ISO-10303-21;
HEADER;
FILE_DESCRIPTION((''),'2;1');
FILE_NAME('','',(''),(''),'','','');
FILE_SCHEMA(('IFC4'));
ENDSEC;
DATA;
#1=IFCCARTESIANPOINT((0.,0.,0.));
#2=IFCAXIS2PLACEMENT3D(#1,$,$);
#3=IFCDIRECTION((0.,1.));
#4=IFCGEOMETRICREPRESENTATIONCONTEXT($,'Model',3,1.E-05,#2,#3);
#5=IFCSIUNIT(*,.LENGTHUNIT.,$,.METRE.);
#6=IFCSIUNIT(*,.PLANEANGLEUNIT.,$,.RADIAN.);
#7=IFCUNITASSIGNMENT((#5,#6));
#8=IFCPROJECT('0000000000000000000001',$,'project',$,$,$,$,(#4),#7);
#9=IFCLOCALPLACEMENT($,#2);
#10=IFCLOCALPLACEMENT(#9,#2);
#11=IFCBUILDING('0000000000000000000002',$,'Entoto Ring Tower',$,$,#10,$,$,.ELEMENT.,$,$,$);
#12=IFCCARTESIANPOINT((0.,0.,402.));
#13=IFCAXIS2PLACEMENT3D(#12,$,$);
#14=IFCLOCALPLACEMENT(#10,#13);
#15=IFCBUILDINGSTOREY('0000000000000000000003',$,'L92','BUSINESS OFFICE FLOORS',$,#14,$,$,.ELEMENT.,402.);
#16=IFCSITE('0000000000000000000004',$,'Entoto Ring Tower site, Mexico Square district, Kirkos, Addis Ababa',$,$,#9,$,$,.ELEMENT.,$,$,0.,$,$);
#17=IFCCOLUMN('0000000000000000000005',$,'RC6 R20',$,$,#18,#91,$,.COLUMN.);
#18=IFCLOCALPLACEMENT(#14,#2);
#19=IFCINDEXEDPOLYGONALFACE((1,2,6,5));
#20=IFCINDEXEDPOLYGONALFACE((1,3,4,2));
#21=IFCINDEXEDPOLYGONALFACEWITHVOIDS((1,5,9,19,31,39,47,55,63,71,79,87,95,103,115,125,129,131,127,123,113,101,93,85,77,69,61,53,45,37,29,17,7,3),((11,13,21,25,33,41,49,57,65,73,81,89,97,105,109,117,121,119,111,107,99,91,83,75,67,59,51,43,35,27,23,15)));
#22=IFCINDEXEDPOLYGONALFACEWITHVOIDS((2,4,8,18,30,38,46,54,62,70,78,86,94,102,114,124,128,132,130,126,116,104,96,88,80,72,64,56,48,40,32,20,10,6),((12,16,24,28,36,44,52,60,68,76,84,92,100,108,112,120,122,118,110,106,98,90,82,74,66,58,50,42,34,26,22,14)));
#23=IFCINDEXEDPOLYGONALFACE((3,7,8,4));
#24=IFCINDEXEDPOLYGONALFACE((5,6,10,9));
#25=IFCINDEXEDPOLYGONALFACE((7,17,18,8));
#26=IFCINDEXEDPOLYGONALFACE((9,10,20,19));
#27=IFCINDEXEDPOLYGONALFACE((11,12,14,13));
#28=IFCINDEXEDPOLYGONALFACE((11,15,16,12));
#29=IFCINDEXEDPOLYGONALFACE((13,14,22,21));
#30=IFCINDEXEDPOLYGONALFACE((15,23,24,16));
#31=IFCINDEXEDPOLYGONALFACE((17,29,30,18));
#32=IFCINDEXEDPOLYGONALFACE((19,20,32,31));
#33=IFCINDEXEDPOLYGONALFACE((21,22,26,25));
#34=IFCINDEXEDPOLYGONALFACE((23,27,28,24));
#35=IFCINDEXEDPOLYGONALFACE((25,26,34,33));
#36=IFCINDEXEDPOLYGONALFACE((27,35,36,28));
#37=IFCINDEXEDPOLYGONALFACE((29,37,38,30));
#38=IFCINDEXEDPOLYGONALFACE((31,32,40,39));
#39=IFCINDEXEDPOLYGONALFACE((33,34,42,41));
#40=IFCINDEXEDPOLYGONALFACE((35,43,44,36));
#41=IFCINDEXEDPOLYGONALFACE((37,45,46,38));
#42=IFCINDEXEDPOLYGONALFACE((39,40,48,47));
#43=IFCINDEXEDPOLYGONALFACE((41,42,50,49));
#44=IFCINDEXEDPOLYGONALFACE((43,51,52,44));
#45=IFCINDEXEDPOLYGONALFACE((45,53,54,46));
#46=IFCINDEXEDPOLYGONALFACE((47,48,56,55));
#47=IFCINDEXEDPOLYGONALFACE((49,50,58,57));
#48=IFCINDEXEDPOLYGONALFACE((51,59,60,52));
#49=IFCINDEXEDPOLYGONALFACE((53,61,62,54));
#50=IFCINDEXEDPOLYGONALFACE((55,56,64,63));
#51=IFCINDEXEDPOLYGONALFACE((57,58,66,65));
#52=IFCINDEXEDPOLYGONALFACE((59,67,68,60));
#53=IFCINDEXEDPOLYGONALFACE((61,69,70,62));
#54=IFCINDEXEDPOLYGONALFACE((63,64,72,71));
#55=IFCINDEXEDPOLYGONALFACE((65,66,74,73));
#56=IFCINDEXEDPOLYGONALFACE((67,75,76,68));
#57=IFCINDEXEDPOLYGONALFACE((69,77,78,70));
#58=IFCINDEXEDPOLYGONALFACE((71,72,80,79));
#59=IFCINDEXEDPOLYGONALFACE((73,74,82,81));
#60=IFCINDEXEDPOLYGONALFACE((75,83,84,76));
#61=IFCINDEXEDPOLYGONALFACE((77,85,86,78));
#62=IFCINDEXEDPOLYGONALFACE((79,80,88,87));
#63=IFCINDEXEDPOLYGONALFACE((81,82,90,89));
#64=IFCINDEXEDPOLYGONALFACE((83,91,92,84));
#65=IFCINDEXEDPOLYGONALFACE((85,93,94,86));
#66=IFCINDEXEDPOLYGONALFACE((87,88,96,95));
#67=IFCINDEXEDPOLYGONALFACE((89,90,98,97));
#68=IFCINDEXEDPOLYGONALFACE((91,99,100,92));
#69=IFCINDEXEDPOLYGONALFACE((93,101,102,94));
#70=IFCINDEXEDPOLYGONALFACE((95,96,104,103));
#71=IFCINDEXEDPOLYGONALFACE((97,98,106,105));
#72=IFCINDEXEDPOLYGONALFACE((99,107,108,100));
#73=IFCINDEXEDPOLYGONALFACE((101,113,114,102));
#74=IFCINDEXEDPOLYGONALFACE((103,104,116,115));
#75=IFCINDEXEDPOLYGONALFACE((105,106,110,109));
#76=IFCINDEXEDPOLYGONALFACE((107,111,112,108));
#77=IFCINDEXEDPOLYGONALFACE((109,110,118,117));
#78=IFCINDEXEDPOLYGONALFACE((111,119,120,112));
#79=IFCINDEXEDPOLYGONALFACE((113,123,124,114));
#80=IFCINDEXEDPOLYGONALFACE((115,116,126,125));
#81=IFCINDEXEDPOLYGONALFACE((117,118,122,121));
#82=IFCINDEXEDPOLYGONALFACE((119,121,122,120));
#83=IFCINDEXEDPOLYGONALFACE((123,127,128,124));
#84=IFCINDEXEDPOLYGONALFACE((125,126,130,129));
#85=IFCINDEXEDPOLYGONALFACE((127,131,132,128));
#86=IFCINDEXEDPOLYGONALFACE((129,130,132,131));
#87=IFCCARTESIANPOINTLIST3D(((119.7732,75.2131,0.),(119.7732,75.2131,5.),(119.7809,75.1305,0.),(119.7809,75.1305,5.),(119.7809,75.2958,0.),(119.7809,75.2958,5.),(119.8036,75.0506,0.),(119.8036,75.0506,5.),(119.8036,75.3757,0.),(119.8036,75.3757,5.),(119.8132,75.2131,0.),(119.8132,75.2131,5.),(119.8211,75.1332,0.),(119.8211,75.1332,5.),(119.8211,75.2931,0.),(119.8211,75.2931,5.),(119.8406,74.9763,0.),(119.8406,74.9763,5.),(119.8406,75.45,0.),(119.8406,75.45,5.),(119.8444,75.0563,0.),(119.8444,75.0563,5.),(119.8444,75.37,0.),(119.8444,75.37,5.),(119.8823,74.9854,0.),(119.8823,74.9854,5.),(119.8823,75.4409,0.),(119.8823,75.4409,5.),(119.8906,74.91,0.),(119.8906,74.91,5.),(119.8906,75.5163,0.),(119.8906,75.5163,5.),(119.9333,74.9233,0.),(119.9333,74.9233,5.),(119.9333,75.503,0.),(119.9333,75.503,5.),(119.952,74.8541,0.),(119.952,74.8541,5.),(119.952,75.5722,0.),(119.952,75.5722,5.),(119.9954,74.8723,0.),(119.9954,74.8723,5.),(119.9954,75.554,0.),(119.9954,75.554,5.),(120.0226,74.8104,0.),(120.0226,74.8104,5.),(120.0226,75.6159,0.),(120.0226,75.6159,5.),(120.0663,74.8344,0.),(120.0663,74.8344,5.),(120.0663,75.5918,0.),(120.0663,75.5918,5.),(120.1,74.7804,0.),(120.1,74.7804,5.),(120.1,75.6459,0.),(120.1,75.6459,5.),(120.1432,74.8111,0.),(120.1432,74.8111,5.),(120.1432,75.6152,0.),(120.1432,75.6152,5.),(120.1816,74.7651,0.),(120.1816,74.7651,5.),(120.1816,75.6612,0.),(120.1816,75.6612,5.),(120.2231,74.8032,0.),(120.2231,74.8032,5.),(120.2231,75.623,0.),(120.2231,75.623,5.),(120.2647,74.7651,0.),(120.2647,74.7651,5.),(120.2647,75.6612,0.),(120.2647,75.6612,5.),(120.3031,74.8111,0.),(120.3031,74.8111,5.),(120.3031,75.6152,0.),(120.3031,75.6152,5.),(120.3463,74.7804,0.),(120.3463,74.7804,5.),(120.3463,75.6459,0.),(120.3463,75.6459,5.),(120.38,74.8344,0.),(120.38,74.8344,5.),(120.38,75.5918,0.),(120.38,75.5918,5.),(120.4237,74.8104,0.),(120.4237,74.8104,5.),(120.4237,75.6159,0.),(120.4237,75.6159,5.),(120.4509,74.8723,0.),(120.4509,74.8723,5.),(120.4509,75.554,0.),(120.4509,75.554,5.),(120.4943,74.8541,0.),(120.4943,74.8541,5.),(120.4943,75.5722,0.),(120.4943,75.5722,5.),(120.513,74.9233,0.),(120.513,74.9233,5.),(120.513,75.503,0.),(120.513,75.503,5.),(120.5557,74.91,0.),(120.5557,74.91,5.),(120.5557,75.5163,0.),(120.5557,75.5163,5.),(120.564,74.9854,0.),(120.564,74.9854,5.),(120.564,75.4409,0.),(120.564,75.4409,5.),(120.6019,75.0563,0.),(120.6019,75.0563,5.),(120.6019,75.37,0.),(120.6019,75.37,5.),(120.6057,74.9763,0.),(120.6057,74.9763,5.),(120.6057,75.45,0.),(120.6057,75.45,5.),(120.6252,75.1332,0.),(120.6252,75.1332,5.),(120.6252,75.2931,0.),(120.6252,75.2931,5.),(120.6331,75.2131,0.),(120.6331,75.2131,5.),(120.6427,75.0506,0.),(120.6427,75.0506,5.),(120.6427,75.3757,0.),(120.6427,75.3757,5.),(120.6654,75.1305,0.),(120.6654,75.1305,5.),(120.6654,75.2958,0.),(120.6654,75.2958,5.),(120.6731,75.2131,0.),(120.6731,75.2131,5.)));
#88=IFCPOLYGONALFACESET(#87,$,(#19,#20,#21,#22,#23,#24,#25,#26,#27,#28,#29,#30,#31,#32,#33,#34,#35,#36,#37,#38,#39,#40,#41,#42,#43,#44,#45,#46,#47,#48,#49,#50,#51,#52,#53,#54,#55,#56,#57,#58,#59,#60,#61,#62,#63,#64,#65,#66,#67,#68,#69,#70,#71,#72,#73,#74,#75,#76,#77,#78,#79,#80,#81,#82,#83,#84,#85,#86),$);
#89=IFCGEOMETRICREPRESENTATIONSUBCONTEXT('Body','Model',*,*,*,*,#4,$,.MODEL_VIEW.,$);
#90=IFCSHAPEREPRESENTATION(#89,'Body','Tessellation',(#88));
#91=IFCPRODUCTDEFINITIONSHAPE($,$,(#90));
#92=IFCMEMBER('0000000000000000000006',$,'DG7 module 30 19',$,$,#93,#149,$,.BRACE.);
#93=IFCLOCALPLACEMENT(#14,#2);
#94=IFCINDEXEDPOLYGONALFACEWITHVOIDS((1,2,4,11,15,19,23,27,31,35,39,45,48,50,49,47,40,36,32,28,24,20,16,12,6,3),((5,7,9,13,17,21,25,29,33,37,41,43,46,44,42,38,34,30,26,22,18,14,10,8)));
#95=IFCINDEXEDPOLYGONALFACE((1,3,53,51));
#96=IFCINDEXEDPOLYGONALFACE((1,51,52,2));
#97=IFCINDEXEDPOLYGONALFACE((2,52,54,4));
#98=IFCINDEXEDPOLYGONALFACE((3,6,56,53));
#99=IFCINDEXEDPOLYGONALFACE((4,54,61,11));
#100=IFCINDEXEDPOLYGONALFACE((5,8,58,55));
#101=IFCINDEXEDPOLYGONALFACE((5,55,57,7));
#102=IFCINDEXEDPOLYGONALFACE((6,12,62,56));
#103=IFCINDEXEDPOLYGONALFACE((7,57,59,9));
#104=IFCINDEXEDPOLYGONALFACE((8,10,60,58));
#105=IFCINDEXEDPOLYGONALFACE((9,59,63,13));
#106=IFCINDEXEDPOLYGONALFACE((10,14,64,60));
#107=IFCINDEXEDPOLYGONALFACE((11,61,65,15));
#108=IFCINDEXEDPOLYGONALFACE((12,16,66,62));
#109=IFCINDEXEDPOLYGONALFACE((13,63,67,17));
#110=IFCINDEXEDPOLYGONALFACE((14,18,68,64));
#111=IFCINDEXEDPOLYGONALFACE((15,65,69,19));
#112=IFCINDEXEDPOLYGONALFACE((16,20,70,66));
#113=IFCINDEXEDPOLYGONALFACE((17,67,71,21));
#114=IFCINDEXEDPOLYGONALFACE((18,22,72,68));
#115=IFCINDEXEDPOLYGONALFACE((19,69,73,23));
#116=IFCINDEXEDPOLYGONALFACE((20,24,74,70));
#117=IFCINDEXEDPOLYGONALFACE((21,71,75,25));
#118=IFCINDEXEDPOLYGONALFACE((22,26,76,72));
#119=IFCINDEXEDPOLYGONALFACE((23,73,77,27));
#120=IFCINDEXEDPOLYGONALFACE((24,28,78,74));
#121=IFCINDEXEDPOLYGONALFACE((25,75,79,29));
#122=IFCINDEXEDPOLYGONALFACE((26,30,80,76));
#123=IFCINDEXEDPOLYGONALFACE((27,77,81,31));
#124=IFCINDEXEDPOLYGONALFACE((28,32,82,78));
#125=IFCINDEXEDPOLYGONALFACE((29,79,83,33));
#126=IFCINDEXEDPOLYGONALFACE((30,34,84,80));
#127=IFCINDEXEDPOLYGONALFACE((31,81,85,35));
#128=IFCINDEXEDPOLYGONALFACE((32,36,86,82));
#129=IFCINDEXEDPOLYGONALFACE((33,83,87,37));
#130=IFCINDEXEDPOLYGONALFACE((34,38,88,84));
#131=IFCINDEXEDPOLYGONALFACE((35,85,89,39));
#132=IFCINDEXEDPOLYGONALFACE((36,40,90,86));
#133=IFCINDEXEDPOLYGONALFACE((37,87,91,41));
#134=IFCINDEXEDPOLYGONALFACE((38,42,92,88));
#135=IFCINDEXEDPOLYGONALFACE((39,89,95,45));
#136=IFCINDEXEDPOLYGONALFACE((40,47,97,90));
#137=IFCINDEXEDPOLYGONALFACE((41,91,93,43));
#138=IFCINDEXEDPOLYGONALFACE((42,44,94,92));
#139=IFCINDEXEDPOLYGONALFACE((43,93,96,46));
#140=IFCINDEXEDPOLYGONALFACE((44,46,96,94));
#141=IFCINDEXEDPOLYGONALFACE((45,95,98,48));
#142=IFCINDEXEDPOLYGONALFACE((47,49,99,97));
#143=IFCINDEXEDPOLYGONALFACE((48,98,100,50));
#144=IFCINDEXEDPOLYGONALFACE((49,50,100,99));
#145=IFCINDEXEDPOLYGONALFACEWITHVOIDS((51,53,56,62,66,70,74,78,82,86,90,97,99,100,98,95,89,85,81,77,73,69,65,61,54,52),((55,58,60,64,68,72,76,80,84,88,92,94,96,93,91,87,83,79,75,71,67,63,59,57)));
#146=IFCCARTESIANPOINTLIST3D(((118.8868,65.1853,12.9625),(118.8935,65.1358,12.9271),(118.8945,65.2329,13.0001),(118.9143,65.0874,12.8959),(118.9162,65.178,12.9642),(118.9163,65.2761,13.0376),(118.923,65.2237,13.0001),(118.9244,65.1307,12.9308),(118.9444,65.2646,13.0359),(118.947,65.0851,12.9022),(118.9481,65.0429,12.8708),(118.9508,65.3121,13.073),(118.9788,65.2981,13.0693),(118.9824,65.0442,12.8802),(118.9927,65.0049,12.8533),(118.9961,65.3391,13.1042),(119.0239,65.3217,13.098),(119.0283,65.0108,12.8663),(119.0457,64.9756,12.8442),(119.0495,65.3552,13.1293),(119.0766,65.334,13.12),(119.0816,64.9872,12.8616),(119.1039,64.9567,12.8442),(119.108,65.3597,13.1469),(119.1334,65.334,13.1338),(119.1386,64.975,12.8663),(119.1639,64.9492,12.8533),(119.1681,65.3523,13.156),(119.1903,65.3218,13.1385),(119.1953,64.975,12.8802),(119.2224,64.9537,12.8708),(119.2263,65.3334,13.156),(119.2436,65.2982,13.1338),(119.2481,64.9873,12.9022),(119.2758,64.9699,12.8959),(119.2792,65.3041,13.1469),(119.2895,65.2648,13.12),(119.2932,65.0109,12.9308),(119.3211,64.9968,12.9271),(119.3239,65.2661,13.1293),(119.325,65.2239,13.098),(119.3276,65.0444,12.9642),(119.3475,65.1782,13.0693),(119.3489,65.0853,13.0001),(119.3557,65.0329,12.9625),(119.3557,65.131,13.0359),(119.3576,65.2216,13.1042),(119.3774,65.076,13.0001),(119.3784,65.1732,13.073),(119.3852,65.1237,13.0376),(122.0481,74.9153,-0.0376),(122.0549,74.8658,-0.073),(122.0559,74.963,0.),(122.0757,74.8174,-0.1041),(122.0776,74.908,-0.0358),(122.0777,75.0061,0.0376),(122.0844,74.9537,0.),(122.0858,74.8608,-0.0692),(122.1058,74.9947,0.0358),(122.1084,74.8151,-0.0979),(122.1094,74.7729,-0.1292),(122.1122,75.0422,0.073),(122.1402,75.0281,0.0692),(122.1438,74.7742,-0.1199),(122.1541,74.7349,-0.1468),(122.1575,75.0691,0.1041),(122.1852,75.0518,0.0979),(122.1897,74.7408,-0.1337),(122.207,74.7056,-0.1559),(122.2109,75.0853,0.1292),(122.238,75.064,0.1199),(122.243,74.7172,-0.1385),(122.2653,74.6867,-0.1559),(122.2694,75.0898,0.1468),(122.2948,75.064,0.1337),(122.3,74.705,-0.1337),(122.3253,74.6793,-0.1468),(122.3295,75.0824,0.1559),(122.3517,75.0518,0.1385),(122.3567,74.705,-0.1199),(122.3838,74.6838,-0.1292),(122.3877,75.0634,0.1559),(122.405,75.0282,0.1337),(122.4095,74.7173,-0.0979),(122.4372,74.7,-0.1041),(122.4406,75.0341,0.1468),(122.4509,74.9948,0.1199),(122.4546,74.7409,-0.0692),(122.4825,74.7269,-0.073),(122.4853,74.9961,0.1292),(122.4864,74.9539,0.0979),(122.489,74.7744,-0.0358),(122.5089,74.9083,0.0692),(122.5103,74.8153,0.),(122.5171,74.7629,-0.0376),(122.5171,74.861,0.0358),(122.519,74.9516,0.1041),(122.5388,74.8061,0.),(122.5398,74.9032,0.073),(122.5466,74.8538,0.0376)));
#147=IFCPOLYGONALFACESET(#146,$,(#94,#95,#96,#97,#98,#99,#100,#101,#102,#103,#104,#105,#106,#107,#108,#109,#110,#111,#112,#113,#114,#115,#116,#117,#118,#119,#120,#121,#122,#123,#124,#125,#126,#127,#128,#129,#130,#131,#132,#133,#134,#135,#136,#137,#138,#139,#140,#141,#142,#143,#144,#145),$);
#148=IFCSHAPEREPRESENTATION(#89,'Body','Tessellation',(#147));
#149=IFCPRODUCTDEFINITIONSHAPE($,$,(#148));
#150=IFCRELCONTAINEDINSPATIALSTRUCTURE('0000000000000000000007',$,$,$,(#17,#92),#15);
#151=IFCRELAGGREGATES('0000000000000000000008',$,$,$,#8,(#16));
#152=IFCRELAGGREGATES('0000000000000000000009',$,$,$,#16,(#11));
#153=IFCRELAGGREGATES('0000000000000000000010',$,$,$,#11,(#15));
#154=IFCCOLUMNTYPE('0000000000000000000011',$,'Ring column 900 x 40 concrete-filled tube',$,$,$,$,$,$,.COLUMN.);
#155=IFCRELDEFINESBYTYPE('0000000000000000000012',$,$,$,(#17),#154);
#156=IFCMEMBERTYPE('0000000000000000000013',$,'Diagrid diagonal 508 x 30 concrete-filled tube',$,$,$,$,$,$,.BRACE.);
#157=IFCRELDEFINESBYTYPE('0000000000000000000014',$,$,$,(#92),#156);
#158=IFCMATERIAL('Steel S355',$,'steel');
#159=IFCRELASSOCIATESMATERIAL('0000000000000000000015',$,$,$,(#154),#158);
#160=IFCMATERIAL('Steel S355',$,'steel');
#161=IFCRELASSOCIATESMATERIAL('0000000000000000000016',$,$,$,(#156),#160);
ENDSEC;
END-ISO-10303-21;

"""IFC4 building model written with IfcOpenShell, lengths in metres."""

from ifc_helpers import new_model, si_unit, direction, frame, origin, origin_2d, place, context, subcontext, project, spatial, circle, hollow_circle, extrude, material, material_profile, profile_set, type_object, element, save


model = new_model("IFC4")

# Units and contexts
model_context = context("Model", 3, precision=1e-05, world=origin(), true_north=direction((0.0, 1.0)))
body_context = subcontext(model_context, "Body", "Model", "MODEL_VIEW")
ifc_project = project(units=[si_unit("LENGTHUNIT", "METRE"), si_unit("PLANEANGLEUNIT", "RADIAN")], contexts=[model_context])

# Site, building, storey
site_placement = place(None, origin())
site = spatial("IfcSite", under=ifc_project, at=site_placement, Name="Entoto Ring Tower site, Mexico Square district, Kirkos, Addis Ababa", CompositionType="ELEMENT", RefElevation=0.0)
building_placement = place(site_placement, origin())
building = spatial("IfcBuilding", under=site, at=building_placement, Name="Entoto Ring Tower", CompositionType="ELEMENT")
storey_placement = place(building_placement, frame((0.0, 0.0, 402.0)))
storey = spatial("IfcBuildingStorey", under=building, at=storey_placement, Name="L92", Description="BUSINESS OFFICE FLOORS", CompositionType="ELEMENT", Elevation=402.0)

# Column
ifc_material_1 = material(Name="Steel S355", Category="steel")
ifc_material_profile_1 = material_profile(ifc_material_1, hollow_circle(Radius=0.45, WallThickness=0.04, at=origin_2d()), Name="CHS 900 x 40")
ifc_material_2 = material(Name="Concrete C60/75", Category="concrete")
ifc_material_profile_2 = material_profile(ifc_material_2, circle(Radius=0.4099, at=origin_2d()), Name="Concrete C60/75 infill")
ifc_profile_set_1 = profile_set([ifc_material_profile_1, ifc_material_profile_2], Name="Steel S355")
column_type = type_object("IfcColumnType", Name="Ring column 900 x 40 concrete-filled tube", PredefinedType="COLUMN", material=ifc_profile_set_1)
column_placement = place(storey_placement, frame((120.2231, 75.2131, 0.0), z_axis=(0.0, 0.0, 1.0), x_axis=(1.0, 0.0, 0.0)))
element("IfcColumn", 1, at=column_placement, inside=storey, type_object=column_type, Name="RC6 R20", PredefinedType="COLUMN", context=body_context, shape_type="SweptSolid", body=[
    extrude(hollow_circle(Radius=0.45, WallThickness=0.04, at=origin_2d()), origin(), (0.0, 0.0, 1.0), 5.0),
])

# Member
ifc_material_3 = material(Name="Steel S355", Category="steel")
ifc_material_profile_3 = material_profile(ifc_material_3, hollow_circle(Radius=0.2539, WallThickness=0.03, at=origin_2d()), Name="CHS 508 x 30")
ifc_material_4 = material(Name="Concrete C60/75", Category="concrete")
ifc_material_profile_4 = material_profile(ifc_material_4, circle(Radius=0.2241, at=origin_2d()), Name="Concrete C60/75 infill")
ifc_profile_set_2 = profile_set([ifc_material_profile_3, ifc_material_profile_4], Name="Steel S355")
member_type_1 = type_object("IfcMemberType", Name="Diagrid diagonal 508 x 30 concrete-filled tube", PredefinedType="BRACE", material=ifc_profile_set_2)
for number, where, z_axis, x_axis, name in (
    (2, (122.2974, 74.8845, 0.0), (-0.191102, -0.588167, 0.785837), (0.951059, -0.309009, 0.0), "DG7 module 30 19"),
):
    element("IfcMember", number, at=place(storey_placement, frame(where, z_axis=z_axis, x_axis=x_axis)), inside=storey, type_object=member_type_1, Name=name, PredefinedType="BRACE", context=body_context, shape_type="SweptSolid", body=[
        extrude(hollow_circle(Radius=0.2539, WallThickness=0.03, at=origin_2d()), origin(), (0.0, 0.0, 1.0), 16.543),
    ])

save(model, "model.ifc")
